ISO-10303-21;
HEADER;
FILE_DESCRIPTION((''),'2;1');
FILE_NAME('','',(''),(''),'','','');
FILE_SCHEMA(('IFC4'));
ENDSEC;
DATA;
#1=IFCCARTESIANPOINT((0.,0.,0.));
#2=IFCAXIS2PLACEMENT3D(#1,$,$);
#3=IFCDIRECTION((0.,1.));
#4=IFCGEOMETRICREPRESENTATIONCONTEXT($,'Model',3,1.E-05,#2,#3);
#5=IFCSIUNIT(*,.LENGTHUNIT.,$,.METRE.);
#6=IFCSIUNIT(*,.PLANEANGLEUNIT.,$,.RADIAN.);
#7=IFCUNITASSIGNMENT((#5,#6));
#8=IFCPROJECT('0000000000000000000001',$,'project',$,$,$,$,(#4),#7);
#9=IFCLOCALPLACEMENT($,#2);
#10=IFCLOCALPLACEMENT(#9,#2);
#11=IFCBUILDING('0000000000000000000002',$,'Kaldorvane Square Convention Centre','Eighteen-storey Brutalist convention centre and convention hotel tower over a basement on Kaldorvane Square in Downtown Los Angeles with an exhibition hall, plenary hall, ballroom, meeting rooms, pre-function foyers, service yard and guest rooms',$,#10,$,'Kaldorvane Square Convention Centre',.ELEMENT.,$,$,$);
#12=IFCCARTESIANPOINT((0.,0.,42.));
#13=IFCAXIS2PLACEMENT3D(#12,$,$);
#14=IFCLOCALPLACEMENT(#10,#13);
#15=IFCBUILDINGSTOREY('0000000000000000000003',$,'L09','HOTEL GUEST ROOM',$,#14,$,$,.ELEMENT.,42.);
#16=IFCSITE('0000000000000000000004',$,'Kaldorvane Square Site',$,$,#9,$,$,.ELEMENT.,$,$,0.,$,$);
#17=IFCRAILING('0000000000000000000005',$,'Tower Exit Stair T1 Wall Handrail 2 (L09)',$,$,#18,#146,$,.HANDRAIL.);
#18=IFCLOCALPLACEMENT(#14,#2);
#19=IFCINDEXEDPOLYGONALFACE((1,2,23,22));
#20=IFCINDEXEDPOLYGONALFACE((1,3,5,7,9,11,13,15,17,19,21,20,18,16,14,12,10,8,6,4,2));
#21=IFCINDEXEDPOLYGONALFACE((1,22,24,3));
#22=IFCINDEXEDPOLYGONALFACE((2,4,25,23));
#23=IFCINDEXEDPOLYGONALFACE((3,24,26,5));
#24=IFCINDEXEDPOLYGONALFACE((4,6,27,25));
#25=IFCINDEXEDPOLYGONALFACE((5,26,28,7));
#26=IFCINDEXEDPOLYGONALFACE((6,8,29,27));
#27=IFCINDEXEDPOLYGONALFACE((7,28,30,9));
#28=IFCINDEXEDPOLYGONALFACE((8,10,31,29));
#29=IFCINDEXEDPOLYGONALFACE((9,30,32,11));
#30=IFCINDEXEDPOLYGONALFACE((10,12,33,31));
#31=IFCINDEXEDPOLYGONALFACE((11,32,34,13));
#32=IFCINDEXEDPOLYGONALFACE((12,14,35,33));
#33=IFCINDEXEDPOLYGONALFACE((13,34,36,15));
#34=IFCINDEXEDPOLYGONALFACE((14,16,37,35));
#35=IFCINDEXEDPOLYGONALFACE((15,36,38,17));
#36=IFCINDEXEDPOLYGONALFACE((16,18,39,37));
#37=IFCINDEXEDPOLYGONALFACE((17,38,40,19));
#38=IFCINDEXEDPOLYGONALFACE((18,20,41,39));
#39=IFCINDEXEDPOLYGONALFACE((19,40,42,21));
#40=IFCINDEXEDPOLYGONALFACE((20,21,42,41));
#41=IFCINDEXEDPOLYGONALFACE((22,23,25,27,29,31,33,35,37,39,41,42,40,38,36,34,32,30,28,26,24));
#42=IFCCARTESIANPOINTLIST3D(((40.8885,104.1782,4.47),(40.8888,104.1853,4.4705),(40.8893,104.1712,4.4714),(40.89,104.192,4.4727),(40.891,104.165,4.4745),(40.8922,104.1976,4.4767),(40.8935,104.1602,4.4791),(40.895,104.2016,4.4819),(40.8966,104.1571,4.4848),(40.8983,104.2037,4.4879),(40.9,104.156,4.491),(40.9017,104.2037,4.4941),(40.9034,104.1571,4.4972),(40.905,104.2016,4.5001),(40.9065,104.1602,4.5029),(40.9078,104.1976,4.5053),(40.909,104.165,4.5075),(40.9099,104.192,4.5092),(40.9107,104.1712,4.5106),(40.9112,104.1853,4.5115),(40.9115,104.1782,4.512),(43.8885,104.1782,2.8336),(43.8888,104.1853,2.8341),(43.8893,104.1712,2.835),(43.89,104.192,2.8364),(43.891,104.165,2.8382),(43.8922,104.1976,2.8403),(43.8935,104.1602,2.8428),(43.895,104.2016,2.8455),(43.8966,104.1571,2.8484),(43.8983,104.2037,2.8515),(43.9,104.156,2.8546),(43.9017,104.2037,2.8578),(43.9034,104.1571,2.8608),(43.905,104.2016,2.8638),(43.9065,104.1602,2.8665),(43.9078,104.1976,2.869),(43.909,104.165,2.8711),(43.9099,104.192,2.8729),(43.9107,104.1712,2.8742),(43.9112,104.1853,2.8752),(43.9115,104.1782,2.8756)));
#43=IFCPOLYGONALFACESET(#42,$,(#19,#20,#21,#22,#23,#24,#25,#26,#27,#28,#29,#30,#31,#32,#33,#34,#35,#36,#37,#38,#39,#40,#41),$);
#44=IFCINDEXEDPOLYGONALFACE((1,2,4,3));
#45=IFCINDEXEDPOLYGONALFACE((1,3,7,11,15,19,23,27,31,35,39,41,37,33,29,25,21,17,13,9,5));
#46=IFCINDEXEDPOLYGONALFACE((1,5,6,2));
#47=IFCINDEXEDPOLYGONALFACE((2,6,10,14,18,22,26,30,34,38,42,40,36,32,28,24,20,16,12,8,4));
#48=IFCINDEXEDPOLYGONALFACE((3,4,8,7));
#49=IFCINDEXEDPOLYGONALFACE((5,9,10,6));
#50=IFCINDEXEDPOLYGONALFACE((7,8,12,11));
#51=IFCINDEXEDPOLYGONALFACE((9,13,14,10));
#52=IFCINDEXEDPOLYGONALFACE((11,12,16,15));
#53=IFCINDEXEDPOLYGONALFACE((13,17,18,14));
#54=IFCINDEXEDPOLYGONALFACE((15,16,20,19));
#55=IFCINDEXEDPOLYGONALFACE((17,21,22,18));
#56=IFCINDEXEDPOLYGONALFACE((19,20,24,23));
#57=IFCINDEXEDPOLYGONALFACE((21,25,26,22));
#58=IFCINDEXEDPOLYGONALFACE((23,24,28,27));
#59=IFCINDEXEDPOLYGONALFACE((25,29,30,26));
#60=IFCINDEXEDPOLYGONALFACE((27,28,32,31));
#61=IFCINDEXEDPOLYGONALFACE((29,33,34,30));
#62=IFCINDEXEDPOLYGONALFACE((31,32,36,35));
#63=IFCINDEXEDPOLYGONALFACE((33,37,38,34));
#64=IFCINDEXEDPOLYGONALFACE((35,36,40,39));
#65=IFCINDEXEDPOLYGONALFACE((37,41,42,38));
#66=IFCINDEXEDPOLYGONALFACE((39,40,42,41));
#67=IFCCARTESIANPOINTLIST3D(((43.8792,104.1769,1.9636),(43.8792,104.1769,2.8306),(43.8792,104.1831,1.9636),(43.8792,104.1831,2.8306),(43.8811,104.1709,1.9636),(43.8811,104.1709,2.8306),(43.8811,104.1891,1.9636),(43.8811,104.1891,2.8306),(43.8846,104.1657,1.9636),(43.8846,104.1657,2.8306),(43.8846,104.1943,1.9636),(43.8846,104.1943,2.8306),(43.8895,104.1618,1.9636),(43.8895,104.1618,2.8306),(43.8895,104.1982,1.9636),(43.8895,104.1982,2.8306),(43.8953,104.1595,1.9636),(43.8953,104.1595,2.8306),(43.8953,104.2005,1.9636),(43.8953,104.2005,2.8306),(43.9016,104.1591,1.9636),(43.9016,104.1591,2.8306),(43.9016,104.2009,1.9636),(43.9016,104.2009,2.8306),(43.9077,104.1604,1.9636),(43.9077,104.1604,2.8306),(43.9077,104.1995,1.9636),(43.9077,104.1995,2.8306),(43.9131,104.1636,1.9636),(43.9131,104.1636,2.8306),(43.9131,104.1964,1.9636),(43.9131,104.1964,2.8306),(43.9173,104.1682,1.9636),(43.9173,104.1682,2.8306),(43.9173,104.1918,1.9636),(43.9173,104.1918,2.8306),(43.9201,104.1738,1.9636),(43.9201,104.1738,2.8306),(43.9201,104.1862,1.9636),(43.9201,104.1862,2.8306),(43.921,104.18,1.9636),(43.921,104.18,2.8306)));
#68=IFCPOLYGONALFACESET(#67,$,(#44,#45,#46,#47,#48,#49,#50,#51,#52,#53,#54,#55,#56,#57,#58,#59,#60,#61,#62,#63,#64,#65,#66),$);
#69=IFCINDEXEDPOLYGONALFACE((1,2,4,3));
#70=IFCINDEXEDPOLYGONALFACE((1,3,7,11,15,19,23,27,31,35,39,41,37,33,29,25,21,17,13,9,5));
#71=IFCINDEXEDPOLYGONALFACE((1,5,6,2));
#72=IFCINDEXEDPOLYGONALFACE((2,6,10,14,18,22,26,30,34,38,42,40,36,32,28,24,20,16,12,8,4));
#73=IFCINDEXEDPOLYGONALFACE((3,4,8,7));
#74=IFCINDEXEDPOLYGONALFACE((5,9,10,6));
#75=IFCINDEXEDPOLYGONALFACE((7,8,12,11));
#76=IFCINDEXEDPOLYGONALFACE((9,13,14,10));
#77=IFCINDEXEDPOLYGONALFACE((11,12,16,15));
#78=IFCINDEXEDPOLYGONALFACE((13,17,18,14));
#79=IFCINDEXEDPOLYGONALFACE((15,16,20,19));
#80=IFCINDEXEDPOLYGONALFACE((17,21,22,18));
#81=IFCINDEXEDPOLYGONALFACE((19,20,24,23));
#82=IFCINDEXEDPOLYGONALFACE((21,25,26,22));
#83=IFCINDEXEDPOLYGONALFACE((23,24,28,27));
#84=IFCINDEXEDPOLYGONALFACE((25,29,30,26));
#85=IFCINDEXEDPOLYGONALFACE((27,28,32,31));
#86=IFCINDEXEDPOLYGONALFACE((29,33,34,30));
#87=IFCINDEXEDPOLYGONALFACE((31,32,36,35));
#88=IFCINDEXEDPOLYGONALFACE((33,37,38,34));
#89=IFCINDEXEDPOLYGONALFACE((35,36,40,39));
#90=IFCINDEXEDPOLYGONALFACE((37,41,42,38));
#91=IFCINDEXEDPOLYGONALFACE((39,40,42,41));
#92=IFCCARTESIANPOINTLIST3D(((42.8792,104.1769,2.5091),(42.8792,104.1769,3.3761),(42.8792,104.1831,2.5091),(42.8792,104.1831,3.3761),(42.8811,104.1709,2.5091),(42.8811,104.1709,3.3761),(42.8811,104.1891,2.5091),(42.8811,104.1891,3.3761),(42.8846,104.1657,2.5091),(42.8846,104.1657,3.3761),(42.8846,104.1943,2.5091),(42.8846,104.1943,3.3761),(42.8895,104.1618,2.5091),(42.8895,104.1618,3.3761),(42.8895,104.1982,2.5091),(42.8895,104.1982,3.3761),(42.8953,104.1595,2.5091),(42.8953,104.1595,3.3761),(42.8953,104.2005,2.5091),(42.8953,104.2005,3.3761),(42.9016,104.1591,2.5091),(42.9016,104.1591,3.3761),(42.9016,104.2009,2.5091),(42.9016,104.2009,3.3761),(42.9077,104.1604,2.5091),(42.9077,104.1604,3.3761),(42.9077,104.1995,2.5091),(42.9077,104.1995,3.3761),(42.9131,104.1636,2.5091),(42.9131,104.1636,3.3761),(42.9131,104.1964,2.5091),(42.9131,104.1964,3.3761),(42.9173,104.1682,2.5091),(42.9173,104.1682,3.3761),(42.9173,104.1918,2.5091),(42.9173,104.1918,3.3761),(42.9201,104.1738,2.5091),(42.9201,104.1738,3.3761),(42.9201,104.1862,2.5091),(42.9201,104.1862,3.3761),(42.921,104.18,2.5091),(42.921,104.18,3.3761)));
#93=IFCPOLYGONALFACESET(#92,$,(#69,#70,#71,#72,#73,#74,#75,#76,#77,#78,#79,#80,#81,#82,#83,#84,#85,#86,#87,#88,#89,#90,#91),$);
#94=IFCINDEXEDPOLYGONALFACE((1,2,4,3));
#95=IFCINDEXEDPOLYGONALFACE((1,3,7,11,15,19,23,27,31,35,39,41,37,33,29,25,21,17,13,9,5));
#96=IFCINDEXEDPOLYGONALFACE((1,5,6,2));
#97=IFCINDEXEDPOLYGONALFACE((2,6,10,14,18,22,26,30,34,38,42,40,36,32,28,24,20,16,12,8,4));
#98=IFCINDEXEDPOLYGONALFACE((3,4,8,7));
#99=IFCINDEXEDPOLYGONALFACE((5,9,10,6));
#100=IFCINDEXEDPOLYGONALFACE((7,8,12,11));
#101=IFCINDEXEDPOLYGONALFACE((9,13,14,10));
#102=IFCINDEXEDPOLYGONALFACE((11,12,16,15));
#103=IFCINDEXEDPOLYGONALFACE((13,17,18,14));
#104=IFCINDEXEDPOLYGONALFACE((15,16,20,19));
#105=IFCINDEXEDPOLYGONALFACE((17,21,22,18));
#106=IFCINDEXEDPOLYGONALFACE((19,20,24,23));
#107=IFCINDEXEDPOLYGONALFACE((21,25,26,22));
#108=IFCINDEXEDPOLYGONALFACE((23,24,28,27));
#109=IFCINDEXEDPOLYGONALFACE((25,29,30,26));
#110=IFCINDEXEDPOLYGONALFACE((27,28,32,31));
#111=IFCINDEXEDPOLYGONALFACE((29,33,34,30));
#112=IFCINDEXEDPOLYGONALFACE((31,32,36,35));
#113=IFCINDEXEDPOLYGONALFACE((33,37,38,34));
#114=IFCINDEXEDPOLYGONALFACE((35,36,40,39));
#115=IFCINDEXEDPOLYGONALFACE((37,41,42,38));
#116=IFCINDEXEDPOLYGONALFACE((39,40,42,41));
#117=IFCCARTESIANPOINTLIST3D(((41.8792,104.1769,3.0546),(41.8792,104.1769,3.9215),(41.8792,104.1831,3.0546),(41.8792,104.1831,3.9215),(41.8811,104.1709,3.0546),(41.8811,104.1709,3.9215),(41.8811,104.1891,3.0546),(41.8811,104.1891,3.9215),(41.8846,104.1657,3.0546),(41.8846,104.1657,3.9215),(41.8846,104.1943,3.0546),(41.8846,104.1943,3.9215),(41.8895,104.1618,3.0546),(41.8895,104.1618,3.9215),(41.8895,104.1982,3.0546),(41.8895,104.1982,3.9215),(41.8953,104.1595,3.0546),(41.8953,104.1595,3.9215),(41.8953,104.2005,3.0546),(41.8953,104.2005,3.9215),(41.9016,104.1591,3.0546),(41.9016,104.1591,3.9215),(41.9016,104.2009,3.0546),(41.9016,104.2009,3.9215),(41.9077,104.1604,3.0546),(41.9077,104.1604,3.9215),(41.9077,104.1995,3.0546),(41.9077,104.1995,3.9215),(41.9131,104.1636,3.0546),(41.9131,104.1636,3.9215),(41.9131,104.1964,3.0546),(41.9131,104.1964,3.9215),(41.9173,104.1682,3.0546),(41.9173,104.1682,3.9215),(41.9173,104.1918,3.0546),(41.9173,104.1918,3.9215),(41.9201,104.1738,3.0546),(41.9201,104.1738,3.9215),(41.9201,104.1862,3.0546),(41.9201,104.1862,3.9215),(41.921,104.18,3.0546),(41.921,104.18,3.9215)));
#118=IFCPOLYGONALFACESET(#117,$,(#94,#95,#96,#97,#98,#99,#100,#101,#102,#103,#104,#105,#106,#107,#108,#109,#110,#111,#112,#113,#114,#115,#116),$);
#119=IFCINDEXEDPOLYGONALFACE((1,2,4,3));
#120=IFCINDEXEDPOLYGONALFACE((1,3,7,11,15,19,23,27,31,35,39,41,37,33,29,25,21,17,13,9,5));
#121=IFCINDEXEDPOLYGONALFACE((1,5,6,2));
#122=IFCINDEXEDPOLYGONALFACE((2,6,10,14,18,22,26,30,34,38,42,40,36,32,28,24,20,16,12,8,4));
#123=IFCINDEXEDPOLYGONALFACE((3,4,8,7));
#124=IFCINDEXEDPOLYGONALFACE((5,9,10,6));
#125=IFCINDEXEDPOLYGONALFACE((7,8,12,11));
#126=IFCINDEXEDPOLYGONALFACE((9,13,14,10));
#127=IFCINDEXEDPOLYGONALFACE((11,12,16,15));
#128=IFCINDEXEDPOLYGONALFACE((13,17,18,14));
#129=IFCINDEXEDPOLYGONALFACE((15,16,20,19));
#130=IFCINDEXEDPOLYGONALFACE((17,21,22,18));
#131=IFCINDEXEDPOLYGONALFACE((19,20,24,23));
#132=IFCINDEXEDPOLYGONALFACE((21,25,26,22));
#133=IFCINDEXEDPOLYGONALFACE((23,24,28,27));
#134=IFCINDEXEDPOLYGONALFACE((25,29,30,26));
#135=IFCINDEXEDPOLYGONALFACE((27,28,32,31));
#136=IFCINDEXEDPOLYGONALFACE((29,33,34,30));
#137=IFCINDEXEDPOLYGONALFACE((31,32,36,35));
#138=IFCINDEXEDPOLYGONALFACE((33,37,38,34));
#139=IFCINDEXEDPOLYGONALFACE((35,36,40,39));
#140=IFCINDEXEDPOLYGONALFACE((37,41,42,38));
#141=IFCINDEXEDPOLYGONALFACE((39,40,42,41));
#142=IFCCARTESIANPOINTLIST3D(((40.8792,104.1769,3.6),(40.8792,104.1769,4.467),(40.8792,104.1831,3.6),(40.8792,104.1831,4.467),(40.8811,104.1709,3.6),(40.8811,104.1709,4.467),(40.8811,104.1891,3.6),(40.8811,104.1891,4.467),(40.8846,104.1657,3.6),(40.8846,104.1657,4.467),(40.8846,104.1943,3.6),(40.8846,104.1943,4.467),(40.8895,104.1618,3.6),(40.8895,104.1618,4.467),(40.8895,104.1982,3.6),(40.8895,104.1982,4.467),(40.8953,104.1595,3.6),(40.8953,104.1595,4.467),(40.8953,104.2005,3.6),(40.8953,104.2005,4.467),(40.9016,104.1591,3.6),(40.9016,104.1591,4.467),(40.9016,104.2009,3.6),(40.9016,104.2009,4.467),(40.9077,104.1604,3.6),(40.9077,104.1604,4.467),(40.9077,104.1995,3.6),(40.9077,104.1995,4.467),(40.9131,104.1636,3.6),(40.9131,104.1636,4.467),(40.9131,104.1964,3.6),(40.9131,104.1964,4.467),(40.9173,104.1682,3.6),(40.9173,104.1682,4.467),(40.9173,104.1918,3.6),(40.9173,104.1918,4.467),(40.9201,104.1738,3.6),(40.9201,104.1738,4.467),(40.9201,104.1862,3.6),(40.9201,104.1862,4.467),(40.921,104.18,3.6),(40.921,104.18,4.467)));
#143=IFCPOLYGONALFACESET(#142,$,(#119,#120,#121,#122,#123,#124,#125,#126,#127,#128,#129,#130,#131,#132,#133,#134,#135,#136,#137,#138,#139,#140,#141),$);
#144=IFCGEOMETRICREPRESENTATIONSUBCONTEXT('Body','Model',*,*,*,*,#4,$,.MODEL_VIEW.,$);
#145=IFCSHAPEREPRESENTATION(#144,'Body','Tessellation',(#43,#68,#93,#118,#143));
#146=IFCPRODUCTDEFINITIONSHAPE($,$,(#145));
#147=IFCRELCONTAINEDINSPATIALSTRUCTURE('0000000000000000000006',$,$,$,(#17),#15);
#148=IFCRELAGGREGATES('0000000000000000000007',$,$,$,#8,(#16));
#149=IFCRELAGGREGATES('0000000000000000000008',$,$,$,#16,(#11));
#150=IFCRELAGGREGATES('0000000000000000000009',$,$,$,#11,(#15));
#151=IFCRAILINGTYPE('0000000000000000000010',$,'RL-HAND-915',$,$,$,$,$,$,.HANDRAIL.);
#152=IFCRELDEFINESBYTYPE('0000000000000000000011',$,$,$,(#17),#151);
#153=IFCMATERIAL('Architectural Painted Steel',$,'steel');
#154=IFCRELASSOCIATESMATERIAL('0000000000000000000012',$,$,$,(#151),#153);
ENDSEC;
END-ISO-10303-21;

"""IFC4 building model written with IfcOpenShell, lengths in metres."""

from ifc_helpers import new_model, si_unit, direction, frame, origin, origin_2d, place, context, subcontext, project, spatial, circle, extrude, material, type_object, element, save


model = new_model("IFC4")

# Units and contexts
model_context = context("Model", 3, precision=1e-05, world=origin(), true_north=direction((0.0, 1.0)))
body_context = subcontext(model_context, "Body", "Model", "MODEL_VIEW")
ifc_project = project(units=[si_unit("LENGTHUNIT", "METRE"), si_unit("PLANEANGLEUNIT", "RADIAN")], contexts=[model_context])

# Site, building, storey
site_placement = place(None, origin())
site = spatial("IfcSite", under=ifc_project, at=site_placement, Name="Kaldorvane Square Site", CompositionType="ELEMENT", RefElevation=0.0)
building_placement = place(site_placement, origin())
building = spatial("IfcBuilding", under=site, at=building_placement, Name="Kaldorvane Square Convention Centre", Description="Eighteen-storey Brutalist convention centre and convention hotel tower over a basement on Kaldorvane Square in Downtown Los Angeles with an exhibition hall, plenary hall, ballroom, meeting rooms, pre-function foyers, service yard and guest rooms", LongName="Kaldorvane Square Convention Centre", CompositionType="ELEMENT")
storey_placement = place(building_placement, frame((0.0, 0.0, 42.0)))
storey = spatial("IfcBuildingStorey", under=building, at=storey_placement, Name="L09", Description="HOTEL GUEST ROOM", CompositionType="ELEMENT", Elevation=42.0)

# Railing
ifc_material_1 = material(Name="Architectural Painted Steel", Category="steel")
railing_type_1 = type_object("IfcRailingType", Name="RL-HAND-915", PredefinedType="HANDRAIL", material=ifc_material_1)
railing_1_placement = place(storey_placement, frame((43.9, 104.18, 1.9636)))
element("IfcRailing", 1, at=railing_1_placement, inside=storey, type_object=railing_type_1, Name="Tower Exit Stair T1 Wall Handrail 2 (L09)", PredefinedType="HANDRAIL", context=body_context, shape_type="SweptSolid", body=[
    extrude(circle(Radius=0.024, at=origin_2d()), frame((0.0, 0.0, 0.891), z_axis=(-0.877895, 0.0, 0.478853), x_axis=(0.0, -1.0, 0.0)), (0.0, 0.0, 1.0), 3.4173),
    extrude(circle(Radius=0.021, at=origin_2d()), origin(), (0.0, 0.0, 1.0), 0.867),
    extrude(circle(Radius=0.021, at=origin_2d()), frame((-1.0, 0.0, 0.5455)), (0.0, 0.0, 1.0), 0.867),
    extrude(circle(Radius=0.021, at=origin_2d()), frame((-2.0, 0.0, 1.0909)), (0.0, 0.0, 1.0), 0.867),
    extrude(circle(Radius=0.021, at=origin_2d()), frame((-3.0, 0.0, 1.6364)), (0.0, 0.0, 1.0), 0.867),
])

save(model, "model.ifc")
